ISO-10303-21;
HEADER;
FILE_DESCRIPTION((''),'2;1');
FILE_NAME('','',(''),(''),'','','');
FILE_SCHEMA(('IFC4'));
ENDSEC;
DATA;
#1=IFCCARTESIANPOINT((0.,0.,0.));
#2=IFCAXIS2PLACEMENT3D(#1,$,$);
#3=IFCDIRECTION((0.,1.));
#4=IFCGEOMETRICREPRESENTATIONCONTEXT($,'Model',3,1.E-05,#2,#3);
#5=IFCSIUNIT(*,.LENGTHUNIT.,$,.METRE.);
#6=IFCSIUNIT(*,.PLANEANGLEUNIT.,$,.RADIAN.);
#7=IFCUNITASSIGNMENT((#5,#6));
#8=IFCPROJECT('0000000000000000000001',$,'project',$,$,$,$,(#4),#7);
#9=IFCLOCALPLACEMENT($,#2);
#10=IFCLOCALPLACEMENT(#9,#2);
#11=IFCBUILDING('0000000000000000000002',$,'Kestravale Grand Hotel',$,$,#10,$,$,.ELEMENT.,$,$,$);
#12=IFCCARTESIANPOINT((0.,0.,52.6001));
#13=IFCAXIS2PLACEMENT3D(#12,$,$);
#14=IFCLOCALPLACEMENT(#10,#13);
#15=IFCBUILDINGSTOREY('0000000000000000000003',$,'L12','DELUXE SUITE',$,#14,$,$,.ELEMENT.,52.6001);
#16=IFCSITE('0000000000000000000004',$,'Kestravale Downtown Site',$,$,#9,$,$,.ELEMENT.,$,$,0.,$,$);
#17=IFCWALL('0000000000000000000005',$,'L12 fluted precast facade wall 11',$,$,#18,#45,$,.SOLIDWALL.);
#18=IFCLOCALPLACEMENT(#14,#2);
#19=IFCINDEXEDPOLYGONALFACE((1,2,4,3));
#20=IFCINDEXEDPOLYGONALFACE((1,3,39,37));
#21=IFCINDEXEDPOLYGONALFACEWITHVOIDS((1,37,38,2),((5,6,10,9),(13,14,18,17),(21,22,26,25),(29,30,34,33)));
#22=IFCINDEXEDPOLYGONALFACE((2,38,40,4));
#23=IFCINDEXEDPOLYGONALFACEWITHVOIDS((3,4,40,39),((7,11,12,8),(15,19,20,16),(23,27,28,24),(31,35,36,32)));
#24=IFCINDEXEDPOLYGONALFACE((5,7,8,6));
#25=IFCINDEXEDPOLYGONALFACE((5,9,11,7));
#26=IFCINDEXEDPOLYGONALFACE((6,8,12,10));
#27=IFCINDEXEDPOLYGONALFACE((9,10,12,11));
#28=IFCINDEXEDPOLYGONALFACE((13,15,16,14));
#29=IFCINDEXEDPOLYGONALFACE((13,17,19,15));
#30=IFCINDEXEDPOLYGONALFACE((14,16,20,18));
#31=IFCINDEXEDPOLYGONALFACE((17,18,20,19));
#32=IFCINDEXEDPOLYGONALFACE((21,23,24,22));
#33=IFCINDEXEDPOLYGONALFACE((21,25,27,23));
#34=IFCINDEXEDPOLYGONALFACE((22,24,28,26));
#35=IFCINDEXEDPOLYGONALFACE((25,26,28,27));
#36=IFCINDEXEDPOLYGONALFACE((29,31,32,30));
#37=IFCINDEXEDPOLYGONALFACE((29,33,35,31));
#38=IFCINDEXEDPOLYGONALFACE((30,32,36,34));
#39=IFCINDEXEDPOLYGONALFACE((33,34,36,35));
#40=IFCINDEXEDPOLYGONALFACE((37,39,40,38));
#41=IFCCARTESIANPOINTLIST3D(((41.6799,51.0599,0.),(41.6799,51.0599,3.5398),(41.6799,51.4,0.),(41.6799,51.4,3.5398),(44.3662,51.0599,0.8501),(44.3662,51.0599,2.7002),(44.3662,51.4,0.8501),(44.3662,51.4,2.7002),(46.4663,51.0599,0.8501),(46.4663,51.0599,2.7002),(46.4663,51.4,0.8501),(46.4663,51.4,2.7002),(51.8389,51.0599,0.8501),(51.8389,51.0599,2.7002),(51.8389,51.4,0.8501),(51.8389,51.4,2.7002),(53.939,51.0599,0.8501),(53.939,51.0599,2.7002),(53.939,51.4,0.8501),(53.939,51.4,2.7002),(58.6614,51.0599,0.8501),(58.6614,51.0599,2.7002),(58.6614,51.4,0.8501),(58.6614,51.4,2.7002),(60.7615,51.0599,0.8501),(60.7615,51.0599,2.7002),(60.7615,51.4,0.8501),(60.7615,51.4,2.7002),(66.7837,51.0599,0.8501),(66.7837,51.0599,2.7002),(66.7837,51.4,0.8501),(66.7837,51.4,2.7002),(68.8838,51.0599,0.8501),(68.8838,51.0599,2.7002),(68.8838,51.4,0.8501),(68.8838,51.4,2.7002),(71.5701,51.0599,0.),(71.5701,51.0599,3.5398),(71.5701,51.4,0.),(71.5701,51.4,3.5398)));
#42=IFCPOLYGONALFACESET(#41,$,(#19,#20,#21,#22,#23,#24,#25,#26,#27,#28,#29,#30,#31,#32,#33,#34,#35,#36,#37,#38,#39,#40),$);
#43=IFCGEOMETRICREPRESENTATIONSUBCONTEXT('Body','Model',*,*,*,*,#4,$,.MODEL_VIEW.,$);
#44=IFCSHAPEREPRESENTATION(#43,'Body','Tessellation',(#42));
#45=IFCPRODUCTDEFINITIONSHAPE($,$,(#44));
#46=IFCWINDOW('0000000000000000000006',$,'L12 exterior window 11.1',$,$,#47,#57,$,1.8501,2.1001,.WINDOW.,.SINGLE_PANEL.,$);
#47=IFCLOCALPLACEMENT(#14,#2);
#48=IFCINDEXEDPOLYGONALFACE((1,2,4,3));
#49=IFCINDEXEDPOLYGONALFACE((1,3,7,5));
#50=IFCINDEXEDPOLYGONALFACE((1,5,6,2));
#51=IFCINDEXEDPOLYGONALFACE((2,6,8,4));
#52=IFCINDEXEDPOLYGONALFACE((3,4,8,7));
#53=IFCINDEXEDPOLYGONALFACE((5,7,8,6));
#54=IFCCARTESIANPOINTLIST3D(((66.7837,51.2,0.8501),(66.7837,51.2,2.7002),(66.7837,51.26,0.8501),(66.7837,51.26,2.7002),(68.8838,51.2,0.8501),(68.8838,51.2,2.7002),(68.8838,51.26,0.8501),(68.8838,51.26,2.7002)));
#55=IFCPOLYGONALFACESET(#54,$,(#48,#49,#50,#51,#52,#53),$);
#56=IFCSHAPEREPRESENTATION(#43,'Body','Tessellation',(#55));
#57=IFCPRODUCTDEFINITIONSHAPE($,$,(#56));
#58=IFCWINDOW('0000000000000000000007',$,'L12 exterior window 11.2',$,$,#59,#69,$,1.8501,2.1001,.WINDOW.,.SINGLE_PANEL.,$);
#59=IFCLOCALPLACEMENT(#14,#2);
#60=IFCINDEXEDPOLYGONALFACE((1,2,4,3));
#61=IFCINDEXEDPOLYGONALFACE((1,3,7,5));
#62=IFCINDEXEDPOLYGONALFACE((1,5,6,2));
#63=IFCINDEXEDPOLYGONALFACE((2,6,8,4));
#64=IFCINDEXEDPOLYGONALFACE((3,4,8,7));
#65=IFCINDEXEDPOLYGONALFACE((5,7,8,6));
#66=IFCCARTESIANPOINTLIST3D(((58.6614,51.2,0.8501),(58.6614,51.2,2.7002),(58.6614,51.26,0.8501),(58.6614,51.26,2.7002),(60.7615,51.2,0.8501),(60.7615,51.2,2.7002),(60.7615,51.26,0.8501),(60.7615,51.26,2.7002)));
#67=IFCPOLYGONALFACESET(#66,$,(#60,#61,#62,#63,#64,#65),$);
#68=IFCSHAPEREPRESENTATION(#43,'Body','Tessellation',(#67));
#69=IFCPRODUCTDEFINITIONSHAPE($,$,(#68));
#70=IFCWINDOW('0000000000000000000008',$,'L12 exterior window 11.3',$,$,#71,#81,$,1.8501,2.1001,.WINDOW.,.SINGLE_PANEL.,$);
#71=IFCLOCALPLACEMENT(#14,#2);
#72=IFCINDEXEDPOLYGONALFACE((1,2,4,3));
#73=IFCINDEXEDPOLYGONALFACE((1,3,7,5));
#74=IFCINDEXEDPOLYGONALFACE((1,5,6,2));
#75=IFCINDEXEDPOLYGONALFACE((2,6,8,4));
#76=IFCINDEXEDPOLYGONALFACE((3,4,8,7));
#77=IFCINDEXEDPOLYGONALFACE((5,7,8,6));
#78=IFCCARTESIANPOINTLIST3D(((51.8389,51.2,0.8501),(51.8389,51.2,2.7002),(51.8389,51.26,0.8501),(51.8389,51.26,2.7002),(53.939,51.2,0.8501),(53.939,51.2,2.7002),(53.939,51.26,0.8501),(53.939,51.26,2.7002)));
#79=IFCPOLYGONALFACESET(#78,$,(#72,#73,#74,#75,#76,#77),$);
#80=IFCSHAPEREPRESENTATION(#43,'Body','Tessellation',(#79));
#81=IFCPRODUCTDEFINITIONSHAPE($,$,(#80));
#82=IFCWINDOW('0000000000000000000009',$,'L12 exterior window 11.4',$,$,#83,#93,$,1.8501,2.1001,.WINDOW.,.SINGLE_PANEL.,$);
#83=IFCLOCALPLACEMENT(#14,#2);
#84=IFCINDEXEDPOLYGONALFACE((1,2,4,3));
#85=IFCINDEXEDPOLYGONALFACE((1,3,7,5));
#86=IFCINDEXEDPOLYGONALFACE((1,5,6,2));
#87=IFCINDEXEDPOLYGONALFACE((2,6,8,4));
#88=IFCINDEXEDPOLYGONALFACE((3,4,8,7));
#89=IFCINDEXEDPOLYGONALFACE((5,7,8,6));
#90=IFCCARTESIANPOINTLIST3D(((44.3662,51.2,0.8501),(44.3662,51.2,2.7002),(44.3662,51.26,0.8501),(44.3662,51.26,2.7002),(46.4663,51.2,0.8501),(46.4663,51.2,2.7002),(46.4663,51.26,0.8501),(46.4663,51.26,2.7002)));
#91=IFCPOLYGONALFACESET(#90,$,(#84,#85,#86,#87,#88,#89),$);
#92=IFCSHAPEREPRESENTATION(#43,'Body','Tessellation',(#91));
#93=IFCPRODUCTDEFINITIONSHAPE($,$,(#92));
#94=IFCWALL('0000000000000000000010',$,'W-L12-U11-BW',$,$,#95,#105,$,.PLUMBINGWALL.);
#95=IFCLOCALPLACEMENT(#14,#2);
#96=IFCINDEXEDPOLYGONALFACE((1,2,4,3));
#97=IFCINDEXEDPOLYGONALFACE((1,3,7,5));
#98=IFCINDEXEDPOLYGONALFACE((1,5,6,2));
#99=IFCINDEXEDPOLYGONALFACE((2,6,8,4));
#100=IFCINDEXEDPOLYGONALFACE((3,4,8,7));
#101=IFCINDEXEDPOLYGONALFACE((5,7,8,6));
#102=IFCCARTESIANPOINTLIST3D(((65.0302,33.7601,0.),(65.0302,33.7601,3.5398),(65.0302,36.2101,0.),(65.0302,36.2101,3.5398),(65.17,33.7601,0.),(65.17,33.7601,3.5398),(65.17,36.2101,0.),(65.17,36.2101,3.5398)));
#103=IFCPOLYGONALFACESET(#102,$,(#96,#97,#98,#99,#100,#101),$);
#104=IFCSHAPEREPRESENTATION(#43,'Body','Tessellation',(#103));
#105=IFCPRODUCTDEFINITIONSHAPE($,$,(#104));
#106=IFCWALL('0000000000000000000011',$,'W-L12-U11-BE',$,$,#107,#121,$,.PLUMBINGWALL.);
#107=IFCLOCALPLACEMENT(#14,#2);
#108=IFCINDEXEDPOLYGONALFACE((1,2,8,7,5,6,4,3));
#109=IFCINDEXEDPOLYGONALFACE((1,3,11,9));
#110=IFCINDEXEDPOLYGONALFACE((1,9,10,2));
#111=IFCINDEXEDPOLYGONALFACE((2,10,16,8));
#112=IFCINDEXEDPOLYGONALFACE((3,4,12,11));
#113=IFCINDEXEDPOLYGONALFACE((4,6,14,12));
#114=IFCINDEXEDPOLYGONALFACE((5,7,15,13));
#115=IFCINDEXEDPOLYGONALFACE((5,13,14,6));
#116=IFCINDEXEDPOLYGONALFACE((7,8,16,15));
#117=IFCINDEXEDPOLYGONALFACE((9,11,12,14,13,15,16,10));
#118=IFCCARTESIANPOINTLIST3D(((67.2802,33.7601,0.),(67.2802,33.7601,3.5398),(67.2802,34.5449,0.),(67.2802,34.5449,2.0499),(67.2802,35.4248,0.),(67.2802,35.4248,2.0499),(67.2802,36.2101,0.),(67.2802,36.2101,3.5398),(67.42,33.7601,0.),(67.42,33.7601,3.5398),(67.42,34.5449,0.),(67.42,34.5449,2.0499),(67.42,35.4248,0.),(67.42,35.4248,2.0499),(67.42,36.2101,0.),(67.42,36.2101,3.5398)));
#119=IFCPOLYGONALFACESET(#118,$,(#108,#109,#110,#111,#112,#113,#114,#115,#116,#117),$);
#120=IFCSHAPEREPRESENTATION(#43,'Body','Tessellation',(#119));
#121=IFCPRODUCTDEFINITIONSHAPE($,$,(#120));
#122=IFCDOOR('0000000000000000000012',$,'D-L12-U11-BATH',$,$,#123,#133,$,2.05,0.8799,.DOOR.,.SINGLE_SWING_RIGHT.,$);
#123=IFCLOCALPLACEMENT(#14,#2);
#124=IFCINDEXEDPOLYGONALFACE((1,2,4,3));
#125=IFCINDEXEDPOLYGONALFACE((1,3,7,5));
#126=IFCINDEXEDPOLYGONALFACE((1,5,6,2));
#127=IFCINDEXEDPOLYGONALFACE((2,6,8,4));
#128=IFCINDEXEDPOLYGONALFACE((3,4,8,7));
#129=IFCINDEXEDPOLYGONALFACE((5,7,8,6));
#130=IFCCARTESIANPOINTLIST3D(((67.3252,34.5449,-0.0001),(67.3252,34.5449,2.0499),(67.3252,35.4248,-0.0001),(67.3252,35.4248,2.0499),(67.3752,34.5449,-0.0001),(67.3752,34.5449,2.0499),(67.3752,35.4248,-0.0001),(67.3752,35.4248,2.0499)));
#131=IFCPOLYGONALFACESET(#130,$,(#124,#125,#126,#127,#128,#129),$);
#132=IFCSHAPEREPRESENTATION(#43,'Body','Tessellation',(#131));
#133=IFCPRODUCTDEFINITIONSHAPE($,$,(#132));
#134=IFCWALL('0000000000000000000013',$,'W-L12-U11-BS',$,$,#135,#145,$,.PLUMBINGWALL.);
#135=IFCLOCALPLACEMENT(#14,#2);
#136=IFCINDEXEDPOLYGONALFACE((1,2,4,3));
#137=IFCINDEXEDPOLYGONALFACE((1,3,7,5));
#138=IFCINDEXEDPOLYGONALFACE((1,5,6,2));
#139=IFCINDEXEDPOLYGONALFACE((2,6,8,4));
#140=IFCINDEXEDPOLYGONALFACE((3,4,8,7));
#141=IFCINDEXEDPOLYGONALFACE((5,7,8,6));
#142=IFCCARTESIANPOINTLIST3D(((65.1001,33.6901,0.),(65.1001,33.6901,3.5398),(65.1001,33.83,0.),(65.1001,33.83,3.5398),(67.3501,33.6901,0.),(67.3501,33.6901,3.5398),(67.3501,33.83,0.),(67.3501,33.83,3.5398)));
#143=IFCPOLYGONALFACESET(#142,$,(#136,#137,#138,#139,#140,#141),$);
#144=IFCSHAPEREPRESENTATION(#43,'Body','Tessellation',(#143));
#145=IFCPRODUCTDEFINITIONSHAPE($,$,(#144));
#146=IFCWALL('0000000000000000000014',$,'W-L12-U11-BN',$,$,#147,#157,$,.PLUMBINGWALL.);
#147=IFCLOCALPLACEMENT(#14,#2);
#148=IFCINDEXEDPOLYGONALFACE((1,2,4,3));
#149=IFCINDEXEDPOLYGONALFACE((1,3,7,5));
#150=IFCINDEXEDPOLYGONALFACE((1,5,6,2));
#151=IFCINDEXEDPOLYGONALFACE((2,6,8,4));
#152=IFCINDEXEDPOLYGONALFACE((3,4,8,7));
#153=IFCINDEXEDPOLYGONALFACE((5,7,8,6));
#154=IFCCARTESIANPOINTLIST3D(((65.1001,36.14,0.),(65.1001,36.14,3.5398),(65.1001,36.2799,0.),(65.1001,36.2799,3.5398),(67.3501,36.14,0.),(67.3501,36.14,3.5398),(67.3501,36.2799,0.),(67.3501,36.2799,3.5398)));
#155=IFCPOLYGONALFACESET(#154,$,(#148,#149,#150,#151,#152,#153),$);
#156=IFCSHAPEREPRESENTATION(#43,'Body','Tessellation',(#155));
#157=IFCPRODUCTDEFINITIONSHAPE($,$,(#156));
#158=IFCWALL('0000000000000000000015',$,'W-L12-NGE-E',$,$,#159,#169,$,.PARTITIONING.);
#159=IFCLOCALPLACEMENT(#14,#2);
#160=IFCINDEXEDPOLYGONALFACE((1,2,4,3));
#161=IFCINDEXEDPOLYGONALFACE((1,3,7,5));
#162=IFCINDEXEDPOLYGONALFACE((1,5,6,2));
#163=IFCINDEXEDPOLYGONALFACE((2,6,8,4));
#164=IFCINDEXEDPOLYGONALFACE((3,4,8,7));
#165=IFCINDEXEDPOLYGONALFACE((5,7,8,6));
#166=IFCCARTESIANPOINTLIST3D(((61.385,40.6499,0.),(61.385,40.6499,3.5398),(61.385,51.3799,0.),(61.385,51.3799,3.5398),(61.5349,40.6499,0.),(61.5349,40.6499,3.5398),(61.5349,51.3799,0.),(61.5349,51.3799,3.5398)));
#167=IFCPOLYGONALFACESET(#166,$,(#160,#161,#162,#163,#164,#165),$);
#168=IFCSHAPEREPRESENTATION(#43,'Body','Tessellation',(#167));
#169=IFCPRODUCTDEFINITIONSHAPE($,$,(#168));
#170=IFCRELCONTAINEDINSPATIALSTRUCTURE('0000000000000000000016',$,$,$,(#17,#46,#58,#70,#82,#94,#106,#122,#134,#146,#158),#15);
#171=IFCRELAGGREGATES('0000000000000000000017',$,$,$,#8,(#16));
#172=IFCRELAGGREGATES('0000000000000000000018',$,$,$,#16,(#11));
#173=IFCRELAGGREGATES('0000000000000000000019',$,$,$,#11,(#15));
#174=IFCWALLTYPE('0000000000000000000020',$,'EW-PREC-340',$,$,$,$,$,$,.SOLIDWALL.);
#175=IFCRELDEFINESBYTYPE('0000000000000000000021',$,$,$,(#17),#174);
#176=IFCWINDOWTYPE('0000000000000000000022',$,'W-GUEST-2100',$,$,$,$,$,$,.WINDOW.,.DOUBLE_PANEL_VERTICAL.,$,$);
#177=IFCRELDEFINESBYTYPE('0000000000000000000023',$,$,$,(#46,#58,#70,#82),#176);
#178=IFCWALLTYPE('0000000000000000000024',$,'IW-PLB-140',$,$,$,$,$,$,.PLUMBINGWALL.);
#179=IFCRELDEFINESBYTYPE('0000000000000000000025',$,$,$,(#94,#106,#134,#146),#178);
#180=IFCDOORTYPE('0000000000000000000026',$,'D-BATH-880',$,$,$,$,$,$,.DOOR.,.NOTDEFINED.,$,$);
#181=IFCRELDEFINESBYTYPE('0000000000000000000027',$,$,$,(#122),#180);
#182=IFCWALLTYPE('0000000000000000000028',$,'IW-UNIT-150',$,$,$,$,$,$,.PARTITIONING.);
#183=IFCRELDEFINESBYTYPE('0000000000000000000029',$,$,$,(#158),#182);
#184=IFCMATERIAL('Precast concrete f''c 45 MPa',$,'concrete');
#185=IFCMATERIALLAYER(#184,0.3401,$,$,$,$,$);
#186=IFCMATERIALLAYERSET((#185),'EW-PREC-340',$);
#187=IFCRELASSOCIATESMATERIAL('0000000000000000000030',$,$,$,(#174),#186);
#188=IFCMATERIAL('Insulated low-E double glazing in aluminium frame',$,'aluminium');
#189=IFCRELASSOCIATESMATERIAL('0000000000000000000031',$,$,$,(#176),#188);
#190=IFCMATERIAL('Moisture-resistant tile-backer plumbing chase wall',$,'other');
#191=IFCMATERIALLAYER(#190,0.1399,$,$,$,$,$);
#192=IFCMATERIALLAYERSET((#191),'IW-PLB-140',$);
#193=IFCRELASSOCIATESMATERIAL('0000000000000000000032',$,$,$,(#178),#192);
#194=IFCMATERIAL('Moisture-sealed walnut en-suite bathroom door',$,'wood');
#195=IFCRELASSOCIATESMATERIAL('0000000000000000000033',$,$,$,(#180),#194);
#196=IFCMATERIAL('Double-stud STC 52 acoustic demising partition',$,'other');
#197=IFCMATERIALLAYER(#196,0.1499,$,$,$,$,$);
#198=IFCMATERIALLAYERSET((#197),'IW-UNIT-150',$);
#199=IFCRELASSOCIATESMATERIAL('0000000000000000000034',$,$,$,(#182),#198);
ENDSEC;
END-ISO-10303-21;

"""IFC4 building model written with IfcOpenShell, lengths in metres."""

from ifc_helpers import new_model, si_unit, direction, frame, frame_2d, origin, place, context, subcontext, project, spatial, rectangle, extrude, material, layer, layer_set, type_object, element, fill, save


model = new_model("IFC4")

# Units and contexts
model_context = context("Model", 3, precision=1e-05, world=origin(), true_north=direction((0.0, 1.0)))
body_context = subcontext(model_context, "Body", "Model", "MODEL_VIEW")
ifc_project = project(units=[si_unit("LENGTHUNIT", "METRE"), si_unit("PLANEANGLEUNIT", "RADIAN")], contexts=[model_context])

# Site, building, storey
site_placement = place(None, origin())
site = spatial("IfcSite", under=ifc_project, at=site_placement, Name="Kestravale Downtown Site", CompositionType="ELEMENT", RefElevation=0.0)
building_placement = place(site_placement, origin())
building = spatial("IfcBuilding", under=site, at=building_placement, Name="Kestravale Grand Hotel", CompositionType="ELEMENT")
storey_placement = place(building_placement, frame((0.0, 0.0, 52.6001)))
storey = spatial("IfcBuildingStorey", under=building, at=storey_placement, Name="L12", Description="DELUXE SUITE", CompositionType="ELEMENT", Elevation=52.6001)

# Shared definitions
ifc_material_1 = material(Name="Precast concrete f'c 45 MPa", Category="concrete")
ifc_layer_1 = layer(ifc_material_1, 0.3401)
ifc_layer_set_1 = layer_set([ifc_layer_1], Name="EW-PREC-340")
wall_type_1 = type_object("IfcWallType", Name="EW-PREC-340", PredefinedType="SOLIDWALL", material=ifc_layer_set_1)
ifc_material_2 = material(Name="Insulated low-E double glazing in aluminium frame", Category="aluminium")
window_type = type_object("IfcWindowType", Name="W-GUEST-2100", PartitioningType="DOUBLE_PANEL_VERTICAL", PredefinedType="WINDOW", material=ifc_material_2)

# Wall, openings, windows
wall_1_placement = place(storey_placement, frame((71.5701, 51.23, 0.0), z_axis=(0.0, 0.0, 1.0), x_axis=(-1.0, 0.0, 0.0)))
wall_1 = element("IfcWall", 1, at=wall_1_placement, inside=storey, type_object=wall_type_1, Name="L12 fluted precast facade wall 11", PredefinedType="SOLIDWALL", context=body_context, shape_type="SweptSolid", body=[
    extrude(rectangle(XDim=29.8901, YDim=0.3401, at=frame_2d((14.9451, 0.0))), origin(), (0.0, 0.0, 1.0), 3.5398),
])
opening_1_placement = place(wall_1_placement, frame((2.6863, 0.0, 0.8501)))
opening_1 = element("IfcOpeningElement", 2, at=opening_1_placement, cuts=wall_1, PredefinedType="OPENING", context=body_context, shape_type="SweptSolid", body=[
    extrude(rectangle(XDim=2.1001, YDim=1.8501, at=frame_2d((1.05, 0.925))), frame((0.0, 0.1799, 0.0), z_axis=(0.0, -1.0, 0.0), x_axis=(1.0, 0.0, 0.0)), (0.0, 0.0, 1.0), 0.3601),
])
opening_2_placement = place(wall_1_placement, frame((10.8086, 0.0, 0.8501)))
opening_2 = element("IfcOpeningElement", 3, at=opening_2_placement, cuts=wall_1, PredefinedType="OPENING", context=body_context, shape_type="SweptSolid", body=[
    extrude(rectangle(XDim=2.1001, YDim=1.8501, at=frame_2d((1.05, 0.925))), frame((0.0, 0.1799, 0.0), z_axis=(0.0, -1.0, 0.0), x_axis=(1.0, 0.0, 0.0)), (0.0, 0.0, 1.0), 0.3601),
])
opening_3_placement = place(wall_1_placement, frame((17.6311, 0.0, 0.8501)))
opening_3 = element("IfcOpeningElement", 4, at=opening_3_placement, cuts=wall_1, PredefinedType="OPENING", context=body_context, shape_type="SweptSolid", body=[
    extrude(rectangle(XDim=2.1001, YDim=1.8501, at=frame_2d((1.05, 0.925))), frame((0.0, 0.1799, 0.0), z_axis=(0.0, -1.0, 0.0), x_axis=(1.0, 0.0, 0.0)), (0.0, 0.0, 1.0), 0.3601),
])
opening_4_placement = place(wall_1_placement, frame((25.1038, 0.0, 0.8501)))
opening_4 = element("IfcOpeningElement", 5, at=opening_4_placement, cuts=wall_1, PredefinedType="OPENING", context=body_context, shape_type="SweptSolid", body=[
    extrude(rectangle(XDim=2.1001, YDim=1.8501, at=frame_2d((1.05, 0.925))), frame((0.0, 0.1799, 0.0), z_axis=(0.0, -1.0, 0.0), x_axis=(1.0, 0.0, 0.0)), (0.0, 0.0, 1.0), 0.3601),
])
window_1_placement = place(opening_1_placement, origin())
window_1 = element("IfcWindow", 6, at=window_1_placement, inside=storey, type_object=window_type, Name="L12 exterior window 11.1", OverallHeight=1.8501, OverallWidth=2.1001, PartitioningType="SINGLE_PANEL", PredefinedType="WINDOW", context=body_context, shape_type="SweptSolid", body=[
    extrude(rectangle(XDim=2.1001, YDim=1.8501, at=frame_2d((1.05, 0.925))), frame((0.0, 0.03, 0.0), z_axis=(0.0, -1.0, 0.0), x_axis=(1.0, 0.0, 0.0)), (0.0, 0.0, 1.0), 0.0601),
])
fill(opening_1, window_1)
window_2_placement = place(opening_2_placement, origin())
window_2 = element("IfcWindow", 7, at=window_2_placement, inside=storey, type_object=window_type, Name="L12 exterior window 11.2", OverallHeight=1.8501, OverallWidth=2.1001, PartitioningType="SINGLE_PANEL", PredefinedType="WINDOW", context=body_context, shape_type="SweptSolid", body=[
    extrude(rectangle(XDim=2.1001, YDim=1.8501, at=frame_2d((1.05, 0.925))), frame((0.0, 0.03, 0.0), z_axis=(0.0, -1.0, 0.0), x_axis=(1.0, 0.0, 0.0)), (0.0, 0.0, 1.0), 0.0601),
])
fill(opening_2, window_2)
window_3_placement = place(opening_3_placement, origin())
window_3 = element("IfcWindow", 8, at=window_3_placement, inside=storey, type_object=window_type, Name="L12 exterior window 11.3", OverallHeight=1.8501, OverallWidth=2.1001, PartitioningType="SINGLE_PANEL", PredefinedType="WINDOW", context=body_context, shape_type="SweptSolid", body=[
    extrude(rectangle(XDim=2.1001, YDim=1.8501, at=frame_2d((1.05, 0.925))), frame((0.0, 0.03, 0.0), z_axis=(0.0, -1.0, 0.0), x_axis=(1.0, 0.0, 0.0)), (0.0, 0.0, 1.0), 0.0601),
])
fill(opening_3, window_3)
window_4_placement = place(opening_4_placement, origin())
window_4 = element("IfcWindow", 9, at=window_4_placement, inside=storey, type_object=window_type, Name="L12 exterior window 11.4", OverallHeight=1.8501, OverallWidth=2.1001, PartitioningType="SINGLE_PANEL", PredefinedType="WINDOW", context=body_context, shape_type="SweptSolid", body=[
    extrude(rectangle(XDim=2.1001, YDim=1.8501, at=frame_2d((1.05, 0.925))), frame((0.0, 0.03, 0.0), z_axis=(0.0, -1.0, 0.0), x_axis=(1.0, 0.0, 0.0)), (0.0, 0.0, 1.0), 0.0601),
])
fill(opening_4, window_4)

# Wall
ifc_material_3 = material(Name="Moisture-resistant tile-backer plumbing chase wall", Category="other")
ifc_layer_2 = layer(ifc_material_3, 0.1399)
ifc_layer_set_2 = layer_set([ifc_layer_2], Name="IW-PLB-140")
wall_type_2 = type_object("IfcWallType", Name="IW-PLB-140", PredefinedType="PLUMBINGWALL", material=ifc_layer_set_2)
wall_2_placement = place(storey_placement, frame((65.1001, 33.76, 0.0), z_axis=(0.0, 0.0, 1.0), x_axis=(0.0, 1.0, 0.0)))
element("IfcWall", 10, at=wall_2_placement, inside=storey, type_object=wall_type_2, Name="W-L12-U11-BW", PredefinedType="PLUMBINGWALL", context=body_context, shape_type="SweptSolid", body=[
    extrude(rectangle(XDim=2.45, YDim=0.1399, at=frame_2d((1.2251, 0.0))), origin(), (0.0, 0.0, 1.0), 3.5398),
])

# Wall, opening, door
wall_3_placement = place(storey_placement, frame((67.3501, 33.76, 0.0), z_axis=(0.0, 0.0, 1.0), x_axis=(0.0, 1.0, 0.0)))
wall_3 = element("IfcWall", 11, at=wall_3_placement, inside=storey, type_object=wall_type_2, Name="W-L12-U11-BE", PredefinedType="PLUMBINGWALL", context=body_context, shape_type="SweptSolid", body=[
    extrude(rectangle(XDim=2.45, YDim=0.1399, at=frame_2d((1.2251, 0.0))), origin(), (0.0, 0.0, 1.0), 3.5398),
])
opening_5_placement = place(wall_3_placement, frame((0.7849, 0.0, 0.0)))
opening_5 = element("IfcOpeningElement", 12, at=opening_5_placement, cuts=wall_3, PredefinedType="OPENING", context=body_context, shape_type="SweptSolid", body=[
    extrude(rectangle(XDim=0.8799, YDim=2.05, at=frame_2d((0.4399, 1.0249))), frame((0.0, 0.0798, 0.0), z_axis=(0.0, -1.0, 0.0), x_axis=(1.0, 0.0, 0.0)), (0.0, 0.0, 1.0), 0.1599),
])
ifc_material_4 = material(Name="Moisture-sealed walnut en-suite bathroom door", Category="wood")
door_type = type_object("IfcDoorType", Name="D-BATH-880", OperationType="NOTDEFINED", PredefinedType="DOOR", material=ifc_material_4)
door_placement = place(opening_5_placement, origin())
door = element("IfcDoor", 13, at=door_placement, inside=storey, type_object=door_type, Name="D-L12-U11-BATH", OperationType="SINGLE_SWING_RIGHT", OverallHeight=2.05, OverallWidth=0.8799, PredefinedType="DOOR", context=body_context, shape_type="SweptSolid", body=[
    extrude(rectangle(XDim=0.8799, YDim=2.05, at=frame_2d((0.4399, 1.0249))), frame((0.0, 0.0249, 0.0), z_axis=(0.0, -1.0, 0.0), x_axis=(1.0, 0.0, 0.0)), (0.0, 0.0, 1.0), 0.05),
])
fill(opening_5, door)

# Walls
for number, where, z_axis, x_axis, name in (
    (14, (65.1001, 33.76, 0.0), (0.0, 0.0, 1.0), (1.0, 0.0, 0.0), "W-L12-U11-BS"),
    (15, (65.1001, 36.21, 0.0), (0.0, 0.0, 1.0), (1.0, 0.0, 0.0), "W-L12-U11-BN"),
):
    element("IfcWall", number, at=place(storey_placement, frame(where, z_axis=z_axis, x_axis=x_axis)), inside=storey, type_object=wall_type_2, Name=name, PredefinedType="PLUMBINGWALL", context=body_context, shape_type="SweptSolid", body=[
        extrude(rectangle(XDim=2.25, YDim=0.1399, at=frame_2d((1.125, 0.0))), origin(), (0.0, 0.0, 1.0), 3.5398),
    ])
ifc_material_5 = material(Name="Double-stud STC 52 acoustic demising partition", Category="other")
ifc_layer_3 = layer(ifc_material_5, 0.1499)
ifc_layer_set_3 = layer_set([ifc_layer_3], Name="IW-UNIT-150")
wall_type_3 = type_object("IfcWallType", Name="IW-UNIT-150", PredefinedType="PARTITIONING", material=ifc_layer_set_3)
wall_4_placement = place(storey_placement, frame((61.46, 40.6499, 0.0), z_axis=(0.0, 0.0, 1.0), x_axis=(0.0, 1.0, 0.0)))
element("IfcWall", 16, at=wall_4_placement, inside=storey, type_object=wall_type_3, Name="W-L12-NGE-E", PredefinedType="PARTITIONING", context=body_context, shape_type="SweptSolid", body=[
    extrude(rectangle(XDim=10.73, YDim=0.1499, at=frame_2d((5.365, 0.0))), origin(), (0.0, 0.0, 1.0), 3.5398),
])

save(model, "model.ifc")
